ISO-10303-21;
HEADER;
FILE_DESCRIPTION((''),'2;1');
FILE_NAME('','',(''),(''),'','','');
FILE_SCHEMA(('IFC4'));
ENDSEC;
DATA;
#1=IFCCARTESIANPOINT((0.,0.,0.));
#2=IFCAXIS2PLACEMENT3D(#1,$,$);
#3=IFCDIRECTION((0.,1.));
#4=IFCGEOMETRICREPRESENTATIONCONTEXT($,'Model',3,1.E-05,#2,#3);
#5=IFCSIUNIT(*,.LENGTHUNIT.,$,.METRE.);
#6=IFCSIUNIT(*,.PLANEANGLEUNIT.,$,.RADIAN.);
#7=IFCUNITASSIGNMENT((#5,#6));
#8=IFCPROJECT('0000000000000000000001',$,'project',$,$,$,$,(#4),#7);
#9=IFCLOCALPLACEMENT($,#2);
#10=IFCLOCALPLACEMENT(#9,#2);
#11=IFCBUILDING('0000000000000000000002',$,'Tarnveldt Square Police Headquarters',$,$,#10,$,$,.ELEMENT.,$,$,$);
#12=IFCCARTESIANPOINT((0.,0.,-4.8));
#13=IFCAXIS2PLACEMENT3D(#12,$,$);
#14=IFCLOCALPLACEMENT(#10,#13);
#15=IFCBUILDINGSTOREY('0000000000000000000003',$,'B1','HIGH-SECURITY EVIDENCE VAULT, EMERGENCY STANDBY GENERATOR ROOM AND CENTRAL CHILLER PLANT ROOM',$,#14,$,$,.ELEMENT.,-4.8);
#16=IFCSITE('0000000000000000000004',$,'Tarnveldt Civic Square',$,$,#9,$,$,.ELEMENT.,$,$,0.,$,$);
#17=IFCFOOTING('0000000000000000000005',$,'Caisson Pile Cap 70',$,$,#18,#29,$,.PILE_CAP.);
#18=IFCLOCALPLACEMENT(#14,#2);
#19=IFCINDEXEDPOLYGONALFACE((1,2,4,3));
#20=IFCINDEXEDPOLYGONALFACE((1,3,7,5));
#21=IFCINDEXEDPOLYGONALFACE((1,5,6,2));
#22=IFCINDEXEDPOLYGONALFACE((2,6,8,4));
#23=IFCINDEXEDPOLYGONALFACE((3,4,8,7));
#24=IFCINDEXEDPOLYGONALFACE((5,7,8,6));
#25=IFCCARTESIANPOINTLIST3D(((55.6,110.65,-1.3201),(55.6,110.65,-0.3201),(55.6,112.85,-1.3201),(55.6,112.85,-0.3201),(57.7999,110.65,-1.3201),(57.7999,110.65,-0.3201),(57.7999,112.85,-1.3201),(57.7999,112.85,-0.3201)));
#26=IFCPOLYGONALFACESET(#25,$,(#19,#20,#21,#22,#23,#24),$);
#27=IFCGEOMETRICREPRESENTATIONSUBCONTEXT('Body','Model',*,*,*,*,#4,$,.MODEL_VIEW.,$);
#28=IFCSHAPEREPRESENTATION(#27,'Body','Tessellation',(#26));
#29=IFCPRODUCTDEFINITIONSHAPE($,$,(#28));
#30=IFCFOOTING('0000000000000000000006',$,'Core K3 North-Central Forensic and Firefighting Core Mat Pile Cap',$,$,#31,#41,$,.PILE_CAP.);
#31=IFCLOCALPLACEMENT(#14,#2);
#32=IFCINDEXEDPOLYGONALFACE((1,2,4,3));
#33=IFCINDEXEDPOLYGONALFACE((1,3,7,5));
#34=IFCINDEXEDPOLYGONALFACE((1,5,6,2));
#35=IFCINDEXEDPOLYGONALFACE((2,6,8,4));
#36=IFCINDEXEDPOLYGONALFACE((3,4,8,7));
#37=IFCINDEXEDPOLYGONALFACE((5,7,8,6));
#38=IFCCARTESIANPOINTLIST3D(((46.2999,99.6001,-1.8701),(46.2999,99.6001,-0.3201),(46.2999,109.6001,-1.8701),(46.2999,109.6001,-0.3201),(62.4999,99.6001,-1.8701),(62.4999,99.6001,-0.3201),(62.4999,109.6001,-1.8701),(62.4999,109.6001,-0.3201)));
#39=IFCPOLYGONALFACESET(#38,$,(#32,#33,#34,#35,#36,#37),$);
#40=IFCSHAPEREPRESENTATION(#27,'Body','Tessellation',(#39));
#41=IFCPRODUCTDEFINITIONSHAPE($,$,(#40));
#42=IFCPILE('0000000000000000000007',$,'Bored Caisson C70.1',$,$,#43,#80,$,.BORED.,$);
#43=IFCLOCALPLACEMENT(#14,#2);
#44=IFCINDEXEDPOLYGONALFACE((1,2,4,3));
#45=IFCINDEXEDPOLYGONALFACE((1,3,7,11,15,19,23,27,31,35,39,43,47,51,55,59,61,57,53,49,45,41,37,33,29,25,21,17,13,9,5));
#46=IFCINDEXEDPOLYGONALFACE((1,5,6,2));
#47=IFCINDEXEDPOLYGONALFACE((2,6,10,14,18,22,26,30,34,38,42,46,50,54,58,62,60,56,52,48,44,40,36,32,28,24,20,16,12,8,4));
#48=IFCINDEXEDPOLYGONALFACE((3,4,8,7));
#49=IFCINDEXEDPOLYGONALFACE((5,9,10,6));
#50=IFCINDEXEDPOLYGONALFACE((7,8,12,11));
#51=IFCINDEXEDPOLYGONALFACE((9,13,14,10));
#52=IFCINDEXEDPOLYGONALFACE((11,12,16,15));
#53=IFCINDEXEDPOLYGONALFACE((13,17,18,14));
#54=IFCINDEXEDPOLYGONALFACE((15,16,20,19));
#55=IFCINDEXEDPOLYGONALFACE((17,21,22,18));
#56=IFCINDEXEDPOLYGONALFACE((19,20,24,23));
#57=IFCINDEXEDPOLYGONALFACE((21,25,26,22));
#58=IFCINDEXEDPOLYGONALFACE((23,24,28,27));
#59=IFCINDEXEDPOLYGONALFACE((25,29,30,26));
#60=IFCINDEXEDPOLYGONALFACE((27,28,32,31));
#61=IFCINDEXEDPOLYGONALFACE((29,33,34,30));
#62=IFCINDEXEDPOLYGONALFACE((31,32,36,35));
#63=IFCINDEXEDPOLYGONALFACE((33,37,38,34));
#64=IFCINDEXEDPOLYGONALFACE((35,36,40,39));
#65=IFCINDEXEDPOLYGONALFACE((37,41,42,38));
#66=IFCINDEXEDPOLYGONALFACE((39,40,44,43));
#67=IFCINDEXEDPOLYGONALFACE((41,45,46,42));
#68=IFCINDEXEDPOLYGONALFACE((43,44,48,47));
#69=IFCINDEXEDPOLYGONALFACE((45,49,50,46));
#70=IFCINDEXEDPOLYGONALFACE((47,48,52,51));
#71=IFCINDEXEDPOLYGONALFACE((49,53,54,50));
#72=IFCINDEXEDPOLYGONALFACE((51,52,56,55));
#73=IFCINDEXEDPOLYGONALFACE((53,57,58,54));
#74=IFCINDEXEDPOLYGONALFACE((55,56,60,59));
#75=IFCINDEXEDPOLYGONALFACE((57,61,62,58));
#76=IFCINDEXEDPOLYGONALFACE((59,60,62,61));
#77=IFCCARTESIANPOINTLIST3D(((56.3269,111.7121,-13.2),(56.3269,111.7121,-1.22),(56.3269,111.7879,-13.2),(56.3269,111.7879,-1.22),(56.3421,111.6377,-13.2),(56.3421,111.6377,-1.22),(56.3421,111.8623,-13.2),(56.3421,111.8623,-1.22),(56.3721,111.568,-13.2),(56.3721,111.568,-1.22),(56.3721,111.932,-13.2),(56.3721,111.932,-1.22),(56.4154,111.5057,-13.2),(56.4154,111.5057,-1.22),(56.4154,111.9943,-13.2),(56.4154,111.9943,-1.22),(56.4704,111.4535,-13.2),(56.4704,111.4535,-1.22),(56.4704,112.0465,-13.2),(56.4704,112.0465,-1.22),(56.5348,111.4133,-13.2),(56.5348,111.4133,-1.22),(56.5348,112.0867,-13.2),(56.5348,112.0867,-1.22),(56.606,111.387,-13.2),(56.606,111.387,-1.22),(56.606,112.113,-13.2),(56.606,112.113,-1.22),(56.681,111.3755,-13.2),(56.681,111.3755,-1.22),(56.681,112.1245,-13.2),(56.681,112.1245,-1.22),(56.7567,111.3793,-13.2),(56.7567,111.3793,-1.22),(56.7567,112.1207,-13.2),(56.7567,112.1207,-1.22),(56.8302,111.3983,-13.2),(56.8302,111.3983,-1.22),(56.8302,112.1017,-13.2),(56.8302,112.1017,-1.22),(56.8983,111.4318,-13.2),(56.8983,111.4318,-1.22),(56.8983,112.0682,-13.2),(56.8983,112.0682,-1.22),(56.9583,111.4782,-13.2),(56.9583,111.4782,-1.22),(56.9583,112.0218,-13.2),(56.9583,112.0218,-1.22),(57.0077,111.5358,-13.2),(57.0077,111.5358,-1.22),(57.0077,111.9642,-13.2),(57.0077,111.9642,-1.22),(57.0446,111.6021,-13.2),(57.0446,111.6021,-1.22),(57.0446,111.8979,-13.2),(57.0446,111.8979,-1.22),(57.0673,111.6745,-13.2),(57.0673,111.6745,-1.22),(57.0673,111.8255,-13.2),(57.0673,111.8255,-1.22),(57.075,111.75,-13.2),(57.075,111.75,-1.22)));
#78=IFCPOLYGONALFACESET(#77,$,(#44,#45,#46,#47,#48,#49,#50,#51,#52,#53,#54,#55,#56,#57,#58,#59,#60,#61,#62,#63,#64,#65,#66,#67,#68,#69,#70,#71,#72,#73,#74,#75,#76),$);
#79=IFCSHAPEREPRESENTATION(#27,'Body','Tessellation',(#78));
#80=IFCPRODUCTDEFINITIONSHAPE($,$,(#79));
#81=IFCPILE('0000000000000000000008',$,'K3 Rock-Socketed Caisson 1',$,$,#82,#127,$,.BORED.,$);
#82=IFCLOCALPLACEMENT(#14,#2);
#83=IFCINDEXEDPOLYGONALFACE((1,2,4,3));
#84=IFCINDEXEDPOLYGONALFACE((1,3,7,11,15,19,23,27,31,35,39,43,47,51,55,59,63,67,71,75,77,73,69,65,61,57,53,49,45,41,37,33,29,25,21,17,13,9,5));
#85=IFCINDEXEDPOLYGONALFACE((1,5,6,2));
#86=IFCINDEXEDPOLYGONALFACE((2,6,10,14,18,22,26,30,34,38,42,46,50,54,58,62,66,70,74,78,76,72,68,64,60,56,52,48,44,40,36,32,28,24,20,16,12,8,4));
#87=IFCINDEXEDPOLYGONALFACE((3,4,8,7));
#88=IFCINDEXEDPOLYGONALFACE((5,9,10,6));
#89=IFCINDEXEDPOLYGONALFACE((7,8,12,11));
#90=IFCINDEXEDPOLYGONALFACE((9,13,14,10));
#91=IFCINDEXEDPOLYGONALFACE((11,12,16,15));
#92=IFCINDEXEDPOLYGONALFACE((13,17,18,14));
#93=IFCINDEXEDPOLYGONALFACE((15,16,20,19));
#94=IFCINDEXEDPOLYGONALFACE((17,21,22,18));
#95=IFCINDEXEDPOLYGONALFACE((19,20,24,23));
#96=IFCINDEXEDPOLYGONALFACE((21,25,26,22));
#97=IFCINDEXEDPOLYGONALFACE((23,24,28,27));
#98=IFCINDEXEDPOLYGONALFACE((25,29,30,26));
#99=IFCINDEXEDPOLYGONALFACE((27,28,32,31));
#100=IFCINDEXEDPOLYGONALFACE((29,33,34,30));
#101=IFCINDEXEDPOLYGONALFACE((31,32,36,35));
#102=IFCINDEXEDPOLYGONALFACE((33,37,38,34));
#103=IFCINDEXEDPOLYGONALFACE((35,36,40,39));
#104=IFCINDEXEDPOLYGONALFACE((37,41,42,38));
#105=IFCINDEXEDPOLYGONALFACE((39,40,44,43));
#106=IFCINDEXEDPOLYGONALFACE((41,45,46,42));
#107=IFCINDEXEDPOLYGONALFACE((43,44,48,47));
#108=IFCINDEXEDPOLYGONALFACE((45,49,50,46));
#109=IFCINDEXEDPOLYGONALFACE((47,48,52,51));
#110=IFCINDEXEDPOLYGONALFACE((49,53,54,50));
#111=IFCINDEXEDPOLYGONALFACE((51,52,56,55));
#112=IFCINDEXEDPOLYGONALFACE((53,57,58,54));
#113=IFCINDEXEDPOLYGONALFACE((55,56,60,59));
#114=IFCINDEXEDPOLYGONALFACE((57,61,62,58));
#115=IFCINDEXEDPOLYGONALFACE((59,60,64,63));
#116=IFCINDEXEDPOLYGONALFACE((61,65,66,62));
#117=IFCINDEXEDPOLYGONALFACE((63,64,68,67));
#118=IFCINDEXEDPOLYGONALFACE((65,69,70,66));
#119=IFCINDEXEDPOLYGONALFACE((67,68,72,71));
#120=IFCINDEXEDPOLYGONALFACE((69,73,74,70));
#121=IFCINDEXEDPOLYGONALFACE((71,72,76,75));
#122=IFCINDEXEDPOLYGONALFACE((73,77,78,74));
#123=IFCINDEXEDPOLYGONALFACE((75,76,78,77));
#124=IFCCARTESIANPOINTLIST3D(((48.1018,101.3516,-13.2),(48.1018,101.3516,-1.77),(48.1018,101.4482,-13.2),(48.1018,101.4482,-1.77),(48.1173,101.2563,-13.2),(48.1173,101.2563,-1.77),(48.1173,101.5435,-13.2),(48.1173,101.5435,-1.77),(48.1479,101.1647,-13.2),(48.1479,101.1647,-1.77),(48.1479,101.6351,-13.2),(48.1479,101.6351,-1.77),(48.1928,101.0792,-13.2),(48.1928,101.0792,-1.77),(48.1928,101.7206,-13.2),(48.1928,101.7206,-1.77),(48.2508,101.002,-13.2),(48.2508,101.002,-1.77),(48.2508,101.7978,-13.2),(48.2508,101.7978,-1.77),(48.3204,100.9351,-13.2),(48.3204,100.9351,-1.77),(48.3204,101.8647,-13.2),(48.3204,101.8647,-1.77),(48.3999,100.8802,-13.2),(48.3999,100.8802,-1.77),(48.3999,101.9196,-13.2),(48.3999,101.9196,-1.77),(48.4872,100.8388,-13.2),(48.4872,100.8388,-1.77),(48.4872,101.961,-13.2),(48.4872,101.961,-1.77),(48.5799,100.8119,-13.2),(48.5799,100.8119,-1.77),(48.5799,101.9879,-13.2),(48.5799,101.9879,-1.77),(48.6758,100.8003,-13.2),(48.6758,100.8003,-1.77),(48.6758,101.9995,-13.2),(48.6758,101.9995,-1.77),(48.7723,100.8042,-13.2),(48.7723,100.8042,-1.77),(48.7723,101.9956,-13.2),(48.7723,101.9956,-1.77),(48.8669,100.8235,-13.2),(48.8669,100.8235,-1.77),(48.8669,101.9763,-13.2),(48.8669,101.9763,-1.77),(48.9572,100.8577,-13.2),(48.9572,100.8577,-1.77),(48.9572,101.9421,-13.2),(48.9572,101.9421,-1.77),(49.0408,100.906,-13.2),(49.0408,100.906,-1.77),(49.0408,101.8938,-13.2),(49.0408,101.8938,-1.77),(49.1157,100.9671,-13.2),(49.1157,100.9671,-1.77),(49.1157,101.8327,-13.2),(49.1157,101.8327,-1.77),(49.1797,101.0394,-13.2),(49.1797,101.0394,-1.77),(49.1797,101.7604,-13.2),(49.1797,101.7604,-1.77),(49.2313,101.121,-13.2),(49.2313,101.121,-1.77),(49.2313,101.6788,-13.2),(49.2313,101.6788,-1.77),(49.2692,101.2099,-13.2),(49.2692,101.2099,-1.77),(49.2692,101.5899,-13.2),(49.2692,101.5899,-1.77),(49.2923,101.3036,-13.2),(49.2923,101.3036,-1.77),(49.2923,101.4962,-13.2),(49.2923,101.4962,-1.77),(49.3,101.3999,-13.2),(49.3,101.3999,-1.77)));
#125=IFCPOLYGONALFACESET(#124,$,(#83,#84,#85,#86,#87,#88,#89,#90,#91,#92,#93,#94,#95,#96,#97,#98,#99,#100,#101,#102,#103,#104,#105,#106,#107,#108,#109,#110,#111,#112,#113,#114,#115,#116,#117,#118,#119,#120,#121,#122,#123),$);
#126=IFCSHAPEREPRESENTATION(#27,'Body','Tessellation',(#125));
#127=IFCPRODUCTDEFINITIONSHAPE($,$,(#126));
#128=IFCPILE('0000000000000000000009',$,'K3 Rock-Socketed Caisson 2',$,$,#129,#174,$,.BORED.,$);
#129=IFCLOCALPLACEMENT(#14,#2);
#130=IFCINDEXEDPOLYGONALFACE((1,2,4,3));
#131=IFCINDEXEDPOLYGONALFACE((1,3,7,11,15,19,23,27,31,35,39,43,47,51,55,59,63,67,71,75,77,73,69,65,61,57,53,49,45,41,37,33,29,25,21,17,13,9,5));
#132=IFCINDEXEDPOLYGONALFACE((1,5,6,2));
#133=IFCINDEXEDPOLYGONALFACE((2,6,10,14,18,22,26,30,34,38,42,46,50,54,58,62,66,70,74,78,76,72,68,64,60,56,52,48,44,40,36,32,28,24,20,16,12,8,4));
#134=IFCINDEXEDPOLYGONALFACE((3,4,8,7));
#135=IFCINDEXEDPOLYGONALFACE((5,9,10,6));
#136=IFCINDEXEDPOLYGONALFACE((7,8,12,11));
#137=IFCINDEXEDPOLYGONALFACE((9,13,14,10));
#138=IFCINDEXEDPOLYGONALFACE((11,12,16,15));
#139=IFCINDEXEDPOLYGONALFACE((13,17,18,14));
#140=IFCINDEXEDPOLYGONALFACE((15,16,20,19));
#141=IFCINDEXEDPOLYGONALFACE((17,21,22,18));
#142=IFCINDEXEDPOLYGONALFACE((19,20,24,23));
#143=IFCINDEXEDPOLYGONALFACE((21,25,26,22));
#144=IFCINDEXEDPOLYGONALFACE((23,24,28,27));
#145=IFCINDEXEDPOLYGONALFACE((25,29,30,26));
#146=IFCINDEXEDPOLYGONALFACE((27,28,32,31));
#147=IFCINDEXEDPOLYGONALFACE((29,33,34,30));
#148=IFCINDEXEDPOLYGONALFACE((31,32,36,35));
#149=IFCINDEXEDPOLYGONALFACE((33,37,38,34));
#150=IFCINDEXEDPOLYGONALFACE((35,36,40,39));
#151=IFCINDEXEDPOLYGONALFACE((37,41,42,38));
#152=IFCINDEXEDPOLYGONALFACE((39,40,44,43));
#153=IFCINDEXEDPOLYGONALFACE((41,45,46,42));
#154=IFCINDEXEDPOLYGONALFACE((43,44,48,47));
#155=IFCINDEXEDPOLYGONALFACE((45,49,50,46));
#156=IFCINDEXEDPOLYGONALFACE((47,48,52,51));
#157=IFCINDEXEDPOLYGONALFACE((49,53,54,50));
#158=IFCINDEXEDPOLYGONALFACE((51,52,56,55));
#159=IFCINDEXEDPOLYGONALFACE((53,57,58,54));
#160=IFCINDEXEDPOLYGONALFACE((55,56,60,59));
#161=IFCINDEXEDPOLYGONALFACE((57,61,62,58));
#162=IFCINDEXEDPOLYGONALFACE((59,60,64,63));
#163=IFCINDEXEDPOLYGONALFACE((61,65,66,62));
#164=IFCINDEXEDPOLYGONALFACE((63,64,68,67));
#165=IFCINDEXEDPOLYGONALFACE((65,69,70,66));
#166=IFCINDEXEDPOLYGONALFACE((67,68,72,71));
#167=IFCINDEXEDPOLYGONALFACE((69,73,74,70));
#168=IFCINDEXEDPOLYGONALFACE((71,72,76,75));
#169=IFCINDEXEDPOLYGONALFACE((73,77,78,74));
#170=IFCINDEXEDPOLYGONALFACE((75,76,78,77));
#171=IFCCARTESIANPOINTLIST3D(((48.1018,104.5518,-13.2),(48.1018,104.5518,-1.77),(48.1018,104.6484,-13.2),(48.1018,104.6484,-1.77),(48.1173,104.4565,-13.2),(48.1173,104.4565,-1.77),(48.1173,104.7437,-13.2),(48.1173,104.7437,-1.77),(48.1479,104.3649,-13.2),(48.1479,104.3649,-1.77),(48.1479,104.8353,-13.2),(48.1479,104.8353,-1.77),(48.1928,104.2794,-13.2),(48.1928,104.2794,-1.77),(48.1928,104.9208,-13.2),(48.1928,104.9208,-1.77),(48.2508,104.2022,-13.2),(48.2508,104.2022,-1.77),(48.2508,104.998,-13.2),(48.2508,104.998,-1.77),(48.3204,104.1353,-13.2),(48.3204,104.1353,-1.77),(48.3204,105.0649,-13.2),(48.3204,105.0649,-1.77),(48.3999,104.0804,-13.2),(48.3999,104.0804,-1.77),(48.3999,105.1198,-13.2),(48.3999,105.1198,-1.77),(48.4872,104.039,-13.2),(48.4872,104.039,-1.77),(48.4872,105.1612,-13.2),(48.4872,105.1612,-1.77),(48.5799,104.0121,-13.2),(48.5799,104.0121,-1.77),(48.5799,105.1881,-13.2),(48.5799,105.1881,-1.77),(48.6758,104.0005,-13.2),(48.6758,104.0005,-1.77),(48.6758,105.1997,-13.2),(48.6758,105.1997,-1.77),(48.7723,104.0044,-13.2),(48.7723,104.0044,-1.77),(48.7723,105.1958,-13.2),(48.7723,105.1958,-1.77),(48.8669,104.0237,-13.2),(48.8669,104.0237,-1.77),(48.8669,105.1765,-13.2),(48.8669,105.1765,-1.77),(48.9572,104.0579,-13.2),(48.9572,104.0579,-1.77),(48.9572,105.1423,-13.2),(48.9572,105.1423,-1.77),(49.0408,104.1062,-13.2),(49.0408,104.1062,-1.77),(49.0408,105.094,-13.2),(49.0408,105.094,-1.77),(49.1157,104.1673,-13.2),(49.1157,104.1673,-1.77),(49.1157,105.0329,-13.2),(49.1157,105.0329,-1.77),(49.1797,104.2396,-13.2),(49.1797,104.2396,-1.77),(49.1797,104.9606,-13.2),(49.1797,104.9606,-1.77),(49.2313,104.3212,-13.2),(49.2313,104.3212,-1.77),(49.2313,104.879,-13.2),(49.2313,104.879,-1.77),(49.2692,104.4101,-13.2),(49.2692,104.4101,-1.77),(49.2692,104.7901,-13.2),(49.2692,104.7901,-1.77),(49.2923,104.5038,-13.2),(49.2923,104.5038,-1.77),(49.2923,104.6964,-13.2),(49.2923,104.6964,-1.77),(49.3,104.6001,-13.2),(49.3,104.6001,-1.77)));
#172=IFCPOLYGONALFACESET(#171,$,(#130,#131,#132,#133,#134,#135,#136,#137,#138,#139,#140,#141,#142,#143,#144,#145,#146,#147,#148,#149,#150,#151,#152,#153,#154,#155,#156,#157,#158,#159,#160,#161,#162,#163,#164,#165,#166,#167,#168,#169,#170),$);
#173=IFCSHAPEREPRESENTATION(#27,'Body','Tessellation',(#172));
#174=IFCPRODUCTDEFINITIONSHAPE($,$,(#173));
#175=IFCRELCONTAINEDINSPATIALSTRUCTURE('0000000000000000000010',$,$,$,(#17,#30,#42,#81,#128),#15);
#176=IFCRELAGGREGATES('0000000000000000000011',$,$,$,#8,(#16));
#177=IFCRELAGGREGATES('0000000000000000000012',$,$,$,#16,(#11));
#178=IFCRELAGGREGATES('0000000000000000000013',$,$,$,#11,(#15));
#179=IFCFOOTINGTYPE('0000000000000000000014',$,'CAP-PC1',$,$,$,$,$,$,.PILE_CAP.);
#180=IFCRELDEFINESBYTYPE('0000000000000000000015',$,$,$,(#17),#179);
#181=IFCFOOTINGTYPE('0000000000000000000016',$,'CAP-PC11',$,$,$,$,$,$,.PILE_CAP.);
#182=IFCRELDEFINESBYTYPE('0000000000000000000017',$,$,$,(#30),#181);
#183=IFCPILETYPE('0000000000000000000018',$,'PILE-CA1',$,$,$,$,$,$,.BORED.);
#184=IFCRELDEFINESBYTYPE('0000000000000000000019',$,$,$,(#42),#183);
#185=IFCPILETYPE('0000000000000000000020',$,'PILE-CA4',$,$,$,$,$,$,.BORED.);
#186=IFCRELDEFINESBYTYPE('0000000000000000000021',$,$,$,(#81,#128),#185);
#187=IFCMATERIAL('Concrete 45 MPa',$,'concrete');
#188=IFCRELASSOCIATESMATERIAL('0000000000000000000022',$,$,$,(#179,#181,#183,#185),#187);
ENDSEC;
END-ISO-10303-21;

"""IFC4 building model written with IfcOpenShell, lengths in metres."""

from ifc_helpers import new_model, si_unit, direction, frame, origin, origin_2d, place, context, subcontext, project, spatial, rectangle, circle, extrude, material, material_profile, profile_set, type_object, element, save


model = new_model("IFC4")

# Units and contexts
model_context = context("Model", 3, precision=1e-05, world=origin(), true_north=direction((0.0, 1.0)))
body_context = subcontext(model_context, "Body", "Model", "MODEL_VIEW")
ifc_project = project(units=[si_unit("LENGTHUNIT", "METRE"), si_unit("PLANEANGLEUNIT", "RADIAN")], contexts=[model_context])

# Site, building, storey
site_placement = place(None, origin())
site = spatial("IfcSite", under=ifc_project, at=site_placement, Name="Tarnveldt Civic Square", CompositionType="ELEMENT", RefElevation=0.0)
building_placement = place(site_placement, origin())
building = spatial("IfcBuilding", under=site, at=building_placement, Name="Tarnveldt Square Police Headquarters", CompositionType="ELEMENT")
storey_placement = place(building_placement, frame((0.0, 0.0, -4.8)))
storey = spatial("IfcBuildingStorey", under=building, at=storey_placement, Name="B1", Description="HIGH-SECURITY EVIDENCE VAULT, EMERGENCY STANDBY GENERATOR ROOM AND CENTRAL CHILLER PLANT ROOM", CompositionType="ELEMENT", Elevation=-4.8)

# Footings
ifc_material_1 = material(Name="Concrete 45 MPa", Category="concrete")
footing_type_1 = type_object("IfcFootingType", Name="CAP-PC1", PredefinedType="PILE_CAP", material=ifc_material_1)
footing_1_placement = place(storey_placement, frame((56.7, 111.75, -1.3201), z_axis=(0.0, 0.0, 1.0), x_axis=(1.0, 0.0, 0.0)))
element("IfcFooting", 1, at=footing_1_placement, inside=storey, type_object=footing_type_1, Name="Caisson Pile Cap 70", PredefinedType="PILE_CAP", context=body_context, shape_type="SweptSolid", body=[
    extrude(rectangle(XDim=2.2, YDim=2.2, at=origin_2d()), origin(), (0.0, 0.0, 1.0), 1.0),
])
footing_type_2 = type_object("IfcFootingType", Name="CAP-PC11", PredefinedType="PILE_CAP", material=ifc_material_1)
footing_2_placement = place(storey_placement, frame((54.3999, 104.6001, -1.8701), z_axis=(0.0, 0.0, 1.0), x_axis=(1.0, 0.0, 0.0)))
element("IfcFooting", 2, at=footing_2_placement, inside=storey, type_object=footing_type_2, Name="Core K3 North-Central Forensic and Firefighting Core Mat Pile Cap", PredefinedType="PILE_CAP", context=body_context, shape_type="SweptSolid", body=[
    extrude(rectangle(XDim=16.2, YDim=10.0, at=origin_2d()), origin(), (0.0, 0.0, 1.0), 1.55),
])

# Piles
ifc_material_profile_1 = material_profile(ifc_material_1, circle(Radius=0.375, at=origin_2d()), Name="CAISSON-D750")
ifc_profile_set_1 = profile_set([ifc_material_profile_1], Name="Concrete 45 MPa")
pile_type_1 = type_object("IfcPileType", Name="PILE-CA1", PredefinedType="BORED", material=ifc_profile_set_1)
pile_placement = place(storey_placement, frame((56.7, 111.75, -1.22), z_axis=(0.0, 0.0, -1.0), x_axis=(1.0, 0.0, 0.0)))
element("IfcPile", 3, at=pile_placement, inside=storey, type_object=pile_type_1, Name="Bored Caisson C70.1", PredefinedType="BORED", context=body_context, shape_type="SweptSolid", body=[
    extrude(circle(Radius=0.375, at=origin_2d()), origin(), (0.0, 0.0, 1.0), 11.98),
])
ifc_material_profile_2 = material_profile(ifc_material_1, circle(Radius=0.6001, at=origin_2d()), Name="CAISSON-D1200")
ifc_profile_set_2 = profile_set([ifc_material_profile_2], Name="Concrete 45 MPa")
pile_type_2 = type_object("IfcPileType", Name="PILE-CA4", PredefinedType="BORED", material=ifc_profile_set_2)
for number, where, z_axis, x_axis, name in (
    (4, (48.7, 101.3999, -1.77), (0.0, 0.0, -1.0), (1.0, 0.0, 0.0), "K3 Rock-Socketed Caisson 1"),
    (5, (48.7, 104.6001, -1.77), (0.0, 0.0, -1.0), (1.0, 0.0, 0.0), "K3 Rock-Socketed Caisson 2"),
):
    element("IfcPile", number, at=place(storey_placement, frame(where, z_axis=z_axis, x_axis=x_axis)), inside=storey, type_object=pile_type_2, Name=name, PredefinedType="BORED", context=body_context, shape_type="SweptSolid", body=[
        extrude(circle(Radius=0.6001, at=origin_2d()), origin(), (0.0, 0.0, 1.0), 11.4299),
    ])

save(model, "model.ifc")
